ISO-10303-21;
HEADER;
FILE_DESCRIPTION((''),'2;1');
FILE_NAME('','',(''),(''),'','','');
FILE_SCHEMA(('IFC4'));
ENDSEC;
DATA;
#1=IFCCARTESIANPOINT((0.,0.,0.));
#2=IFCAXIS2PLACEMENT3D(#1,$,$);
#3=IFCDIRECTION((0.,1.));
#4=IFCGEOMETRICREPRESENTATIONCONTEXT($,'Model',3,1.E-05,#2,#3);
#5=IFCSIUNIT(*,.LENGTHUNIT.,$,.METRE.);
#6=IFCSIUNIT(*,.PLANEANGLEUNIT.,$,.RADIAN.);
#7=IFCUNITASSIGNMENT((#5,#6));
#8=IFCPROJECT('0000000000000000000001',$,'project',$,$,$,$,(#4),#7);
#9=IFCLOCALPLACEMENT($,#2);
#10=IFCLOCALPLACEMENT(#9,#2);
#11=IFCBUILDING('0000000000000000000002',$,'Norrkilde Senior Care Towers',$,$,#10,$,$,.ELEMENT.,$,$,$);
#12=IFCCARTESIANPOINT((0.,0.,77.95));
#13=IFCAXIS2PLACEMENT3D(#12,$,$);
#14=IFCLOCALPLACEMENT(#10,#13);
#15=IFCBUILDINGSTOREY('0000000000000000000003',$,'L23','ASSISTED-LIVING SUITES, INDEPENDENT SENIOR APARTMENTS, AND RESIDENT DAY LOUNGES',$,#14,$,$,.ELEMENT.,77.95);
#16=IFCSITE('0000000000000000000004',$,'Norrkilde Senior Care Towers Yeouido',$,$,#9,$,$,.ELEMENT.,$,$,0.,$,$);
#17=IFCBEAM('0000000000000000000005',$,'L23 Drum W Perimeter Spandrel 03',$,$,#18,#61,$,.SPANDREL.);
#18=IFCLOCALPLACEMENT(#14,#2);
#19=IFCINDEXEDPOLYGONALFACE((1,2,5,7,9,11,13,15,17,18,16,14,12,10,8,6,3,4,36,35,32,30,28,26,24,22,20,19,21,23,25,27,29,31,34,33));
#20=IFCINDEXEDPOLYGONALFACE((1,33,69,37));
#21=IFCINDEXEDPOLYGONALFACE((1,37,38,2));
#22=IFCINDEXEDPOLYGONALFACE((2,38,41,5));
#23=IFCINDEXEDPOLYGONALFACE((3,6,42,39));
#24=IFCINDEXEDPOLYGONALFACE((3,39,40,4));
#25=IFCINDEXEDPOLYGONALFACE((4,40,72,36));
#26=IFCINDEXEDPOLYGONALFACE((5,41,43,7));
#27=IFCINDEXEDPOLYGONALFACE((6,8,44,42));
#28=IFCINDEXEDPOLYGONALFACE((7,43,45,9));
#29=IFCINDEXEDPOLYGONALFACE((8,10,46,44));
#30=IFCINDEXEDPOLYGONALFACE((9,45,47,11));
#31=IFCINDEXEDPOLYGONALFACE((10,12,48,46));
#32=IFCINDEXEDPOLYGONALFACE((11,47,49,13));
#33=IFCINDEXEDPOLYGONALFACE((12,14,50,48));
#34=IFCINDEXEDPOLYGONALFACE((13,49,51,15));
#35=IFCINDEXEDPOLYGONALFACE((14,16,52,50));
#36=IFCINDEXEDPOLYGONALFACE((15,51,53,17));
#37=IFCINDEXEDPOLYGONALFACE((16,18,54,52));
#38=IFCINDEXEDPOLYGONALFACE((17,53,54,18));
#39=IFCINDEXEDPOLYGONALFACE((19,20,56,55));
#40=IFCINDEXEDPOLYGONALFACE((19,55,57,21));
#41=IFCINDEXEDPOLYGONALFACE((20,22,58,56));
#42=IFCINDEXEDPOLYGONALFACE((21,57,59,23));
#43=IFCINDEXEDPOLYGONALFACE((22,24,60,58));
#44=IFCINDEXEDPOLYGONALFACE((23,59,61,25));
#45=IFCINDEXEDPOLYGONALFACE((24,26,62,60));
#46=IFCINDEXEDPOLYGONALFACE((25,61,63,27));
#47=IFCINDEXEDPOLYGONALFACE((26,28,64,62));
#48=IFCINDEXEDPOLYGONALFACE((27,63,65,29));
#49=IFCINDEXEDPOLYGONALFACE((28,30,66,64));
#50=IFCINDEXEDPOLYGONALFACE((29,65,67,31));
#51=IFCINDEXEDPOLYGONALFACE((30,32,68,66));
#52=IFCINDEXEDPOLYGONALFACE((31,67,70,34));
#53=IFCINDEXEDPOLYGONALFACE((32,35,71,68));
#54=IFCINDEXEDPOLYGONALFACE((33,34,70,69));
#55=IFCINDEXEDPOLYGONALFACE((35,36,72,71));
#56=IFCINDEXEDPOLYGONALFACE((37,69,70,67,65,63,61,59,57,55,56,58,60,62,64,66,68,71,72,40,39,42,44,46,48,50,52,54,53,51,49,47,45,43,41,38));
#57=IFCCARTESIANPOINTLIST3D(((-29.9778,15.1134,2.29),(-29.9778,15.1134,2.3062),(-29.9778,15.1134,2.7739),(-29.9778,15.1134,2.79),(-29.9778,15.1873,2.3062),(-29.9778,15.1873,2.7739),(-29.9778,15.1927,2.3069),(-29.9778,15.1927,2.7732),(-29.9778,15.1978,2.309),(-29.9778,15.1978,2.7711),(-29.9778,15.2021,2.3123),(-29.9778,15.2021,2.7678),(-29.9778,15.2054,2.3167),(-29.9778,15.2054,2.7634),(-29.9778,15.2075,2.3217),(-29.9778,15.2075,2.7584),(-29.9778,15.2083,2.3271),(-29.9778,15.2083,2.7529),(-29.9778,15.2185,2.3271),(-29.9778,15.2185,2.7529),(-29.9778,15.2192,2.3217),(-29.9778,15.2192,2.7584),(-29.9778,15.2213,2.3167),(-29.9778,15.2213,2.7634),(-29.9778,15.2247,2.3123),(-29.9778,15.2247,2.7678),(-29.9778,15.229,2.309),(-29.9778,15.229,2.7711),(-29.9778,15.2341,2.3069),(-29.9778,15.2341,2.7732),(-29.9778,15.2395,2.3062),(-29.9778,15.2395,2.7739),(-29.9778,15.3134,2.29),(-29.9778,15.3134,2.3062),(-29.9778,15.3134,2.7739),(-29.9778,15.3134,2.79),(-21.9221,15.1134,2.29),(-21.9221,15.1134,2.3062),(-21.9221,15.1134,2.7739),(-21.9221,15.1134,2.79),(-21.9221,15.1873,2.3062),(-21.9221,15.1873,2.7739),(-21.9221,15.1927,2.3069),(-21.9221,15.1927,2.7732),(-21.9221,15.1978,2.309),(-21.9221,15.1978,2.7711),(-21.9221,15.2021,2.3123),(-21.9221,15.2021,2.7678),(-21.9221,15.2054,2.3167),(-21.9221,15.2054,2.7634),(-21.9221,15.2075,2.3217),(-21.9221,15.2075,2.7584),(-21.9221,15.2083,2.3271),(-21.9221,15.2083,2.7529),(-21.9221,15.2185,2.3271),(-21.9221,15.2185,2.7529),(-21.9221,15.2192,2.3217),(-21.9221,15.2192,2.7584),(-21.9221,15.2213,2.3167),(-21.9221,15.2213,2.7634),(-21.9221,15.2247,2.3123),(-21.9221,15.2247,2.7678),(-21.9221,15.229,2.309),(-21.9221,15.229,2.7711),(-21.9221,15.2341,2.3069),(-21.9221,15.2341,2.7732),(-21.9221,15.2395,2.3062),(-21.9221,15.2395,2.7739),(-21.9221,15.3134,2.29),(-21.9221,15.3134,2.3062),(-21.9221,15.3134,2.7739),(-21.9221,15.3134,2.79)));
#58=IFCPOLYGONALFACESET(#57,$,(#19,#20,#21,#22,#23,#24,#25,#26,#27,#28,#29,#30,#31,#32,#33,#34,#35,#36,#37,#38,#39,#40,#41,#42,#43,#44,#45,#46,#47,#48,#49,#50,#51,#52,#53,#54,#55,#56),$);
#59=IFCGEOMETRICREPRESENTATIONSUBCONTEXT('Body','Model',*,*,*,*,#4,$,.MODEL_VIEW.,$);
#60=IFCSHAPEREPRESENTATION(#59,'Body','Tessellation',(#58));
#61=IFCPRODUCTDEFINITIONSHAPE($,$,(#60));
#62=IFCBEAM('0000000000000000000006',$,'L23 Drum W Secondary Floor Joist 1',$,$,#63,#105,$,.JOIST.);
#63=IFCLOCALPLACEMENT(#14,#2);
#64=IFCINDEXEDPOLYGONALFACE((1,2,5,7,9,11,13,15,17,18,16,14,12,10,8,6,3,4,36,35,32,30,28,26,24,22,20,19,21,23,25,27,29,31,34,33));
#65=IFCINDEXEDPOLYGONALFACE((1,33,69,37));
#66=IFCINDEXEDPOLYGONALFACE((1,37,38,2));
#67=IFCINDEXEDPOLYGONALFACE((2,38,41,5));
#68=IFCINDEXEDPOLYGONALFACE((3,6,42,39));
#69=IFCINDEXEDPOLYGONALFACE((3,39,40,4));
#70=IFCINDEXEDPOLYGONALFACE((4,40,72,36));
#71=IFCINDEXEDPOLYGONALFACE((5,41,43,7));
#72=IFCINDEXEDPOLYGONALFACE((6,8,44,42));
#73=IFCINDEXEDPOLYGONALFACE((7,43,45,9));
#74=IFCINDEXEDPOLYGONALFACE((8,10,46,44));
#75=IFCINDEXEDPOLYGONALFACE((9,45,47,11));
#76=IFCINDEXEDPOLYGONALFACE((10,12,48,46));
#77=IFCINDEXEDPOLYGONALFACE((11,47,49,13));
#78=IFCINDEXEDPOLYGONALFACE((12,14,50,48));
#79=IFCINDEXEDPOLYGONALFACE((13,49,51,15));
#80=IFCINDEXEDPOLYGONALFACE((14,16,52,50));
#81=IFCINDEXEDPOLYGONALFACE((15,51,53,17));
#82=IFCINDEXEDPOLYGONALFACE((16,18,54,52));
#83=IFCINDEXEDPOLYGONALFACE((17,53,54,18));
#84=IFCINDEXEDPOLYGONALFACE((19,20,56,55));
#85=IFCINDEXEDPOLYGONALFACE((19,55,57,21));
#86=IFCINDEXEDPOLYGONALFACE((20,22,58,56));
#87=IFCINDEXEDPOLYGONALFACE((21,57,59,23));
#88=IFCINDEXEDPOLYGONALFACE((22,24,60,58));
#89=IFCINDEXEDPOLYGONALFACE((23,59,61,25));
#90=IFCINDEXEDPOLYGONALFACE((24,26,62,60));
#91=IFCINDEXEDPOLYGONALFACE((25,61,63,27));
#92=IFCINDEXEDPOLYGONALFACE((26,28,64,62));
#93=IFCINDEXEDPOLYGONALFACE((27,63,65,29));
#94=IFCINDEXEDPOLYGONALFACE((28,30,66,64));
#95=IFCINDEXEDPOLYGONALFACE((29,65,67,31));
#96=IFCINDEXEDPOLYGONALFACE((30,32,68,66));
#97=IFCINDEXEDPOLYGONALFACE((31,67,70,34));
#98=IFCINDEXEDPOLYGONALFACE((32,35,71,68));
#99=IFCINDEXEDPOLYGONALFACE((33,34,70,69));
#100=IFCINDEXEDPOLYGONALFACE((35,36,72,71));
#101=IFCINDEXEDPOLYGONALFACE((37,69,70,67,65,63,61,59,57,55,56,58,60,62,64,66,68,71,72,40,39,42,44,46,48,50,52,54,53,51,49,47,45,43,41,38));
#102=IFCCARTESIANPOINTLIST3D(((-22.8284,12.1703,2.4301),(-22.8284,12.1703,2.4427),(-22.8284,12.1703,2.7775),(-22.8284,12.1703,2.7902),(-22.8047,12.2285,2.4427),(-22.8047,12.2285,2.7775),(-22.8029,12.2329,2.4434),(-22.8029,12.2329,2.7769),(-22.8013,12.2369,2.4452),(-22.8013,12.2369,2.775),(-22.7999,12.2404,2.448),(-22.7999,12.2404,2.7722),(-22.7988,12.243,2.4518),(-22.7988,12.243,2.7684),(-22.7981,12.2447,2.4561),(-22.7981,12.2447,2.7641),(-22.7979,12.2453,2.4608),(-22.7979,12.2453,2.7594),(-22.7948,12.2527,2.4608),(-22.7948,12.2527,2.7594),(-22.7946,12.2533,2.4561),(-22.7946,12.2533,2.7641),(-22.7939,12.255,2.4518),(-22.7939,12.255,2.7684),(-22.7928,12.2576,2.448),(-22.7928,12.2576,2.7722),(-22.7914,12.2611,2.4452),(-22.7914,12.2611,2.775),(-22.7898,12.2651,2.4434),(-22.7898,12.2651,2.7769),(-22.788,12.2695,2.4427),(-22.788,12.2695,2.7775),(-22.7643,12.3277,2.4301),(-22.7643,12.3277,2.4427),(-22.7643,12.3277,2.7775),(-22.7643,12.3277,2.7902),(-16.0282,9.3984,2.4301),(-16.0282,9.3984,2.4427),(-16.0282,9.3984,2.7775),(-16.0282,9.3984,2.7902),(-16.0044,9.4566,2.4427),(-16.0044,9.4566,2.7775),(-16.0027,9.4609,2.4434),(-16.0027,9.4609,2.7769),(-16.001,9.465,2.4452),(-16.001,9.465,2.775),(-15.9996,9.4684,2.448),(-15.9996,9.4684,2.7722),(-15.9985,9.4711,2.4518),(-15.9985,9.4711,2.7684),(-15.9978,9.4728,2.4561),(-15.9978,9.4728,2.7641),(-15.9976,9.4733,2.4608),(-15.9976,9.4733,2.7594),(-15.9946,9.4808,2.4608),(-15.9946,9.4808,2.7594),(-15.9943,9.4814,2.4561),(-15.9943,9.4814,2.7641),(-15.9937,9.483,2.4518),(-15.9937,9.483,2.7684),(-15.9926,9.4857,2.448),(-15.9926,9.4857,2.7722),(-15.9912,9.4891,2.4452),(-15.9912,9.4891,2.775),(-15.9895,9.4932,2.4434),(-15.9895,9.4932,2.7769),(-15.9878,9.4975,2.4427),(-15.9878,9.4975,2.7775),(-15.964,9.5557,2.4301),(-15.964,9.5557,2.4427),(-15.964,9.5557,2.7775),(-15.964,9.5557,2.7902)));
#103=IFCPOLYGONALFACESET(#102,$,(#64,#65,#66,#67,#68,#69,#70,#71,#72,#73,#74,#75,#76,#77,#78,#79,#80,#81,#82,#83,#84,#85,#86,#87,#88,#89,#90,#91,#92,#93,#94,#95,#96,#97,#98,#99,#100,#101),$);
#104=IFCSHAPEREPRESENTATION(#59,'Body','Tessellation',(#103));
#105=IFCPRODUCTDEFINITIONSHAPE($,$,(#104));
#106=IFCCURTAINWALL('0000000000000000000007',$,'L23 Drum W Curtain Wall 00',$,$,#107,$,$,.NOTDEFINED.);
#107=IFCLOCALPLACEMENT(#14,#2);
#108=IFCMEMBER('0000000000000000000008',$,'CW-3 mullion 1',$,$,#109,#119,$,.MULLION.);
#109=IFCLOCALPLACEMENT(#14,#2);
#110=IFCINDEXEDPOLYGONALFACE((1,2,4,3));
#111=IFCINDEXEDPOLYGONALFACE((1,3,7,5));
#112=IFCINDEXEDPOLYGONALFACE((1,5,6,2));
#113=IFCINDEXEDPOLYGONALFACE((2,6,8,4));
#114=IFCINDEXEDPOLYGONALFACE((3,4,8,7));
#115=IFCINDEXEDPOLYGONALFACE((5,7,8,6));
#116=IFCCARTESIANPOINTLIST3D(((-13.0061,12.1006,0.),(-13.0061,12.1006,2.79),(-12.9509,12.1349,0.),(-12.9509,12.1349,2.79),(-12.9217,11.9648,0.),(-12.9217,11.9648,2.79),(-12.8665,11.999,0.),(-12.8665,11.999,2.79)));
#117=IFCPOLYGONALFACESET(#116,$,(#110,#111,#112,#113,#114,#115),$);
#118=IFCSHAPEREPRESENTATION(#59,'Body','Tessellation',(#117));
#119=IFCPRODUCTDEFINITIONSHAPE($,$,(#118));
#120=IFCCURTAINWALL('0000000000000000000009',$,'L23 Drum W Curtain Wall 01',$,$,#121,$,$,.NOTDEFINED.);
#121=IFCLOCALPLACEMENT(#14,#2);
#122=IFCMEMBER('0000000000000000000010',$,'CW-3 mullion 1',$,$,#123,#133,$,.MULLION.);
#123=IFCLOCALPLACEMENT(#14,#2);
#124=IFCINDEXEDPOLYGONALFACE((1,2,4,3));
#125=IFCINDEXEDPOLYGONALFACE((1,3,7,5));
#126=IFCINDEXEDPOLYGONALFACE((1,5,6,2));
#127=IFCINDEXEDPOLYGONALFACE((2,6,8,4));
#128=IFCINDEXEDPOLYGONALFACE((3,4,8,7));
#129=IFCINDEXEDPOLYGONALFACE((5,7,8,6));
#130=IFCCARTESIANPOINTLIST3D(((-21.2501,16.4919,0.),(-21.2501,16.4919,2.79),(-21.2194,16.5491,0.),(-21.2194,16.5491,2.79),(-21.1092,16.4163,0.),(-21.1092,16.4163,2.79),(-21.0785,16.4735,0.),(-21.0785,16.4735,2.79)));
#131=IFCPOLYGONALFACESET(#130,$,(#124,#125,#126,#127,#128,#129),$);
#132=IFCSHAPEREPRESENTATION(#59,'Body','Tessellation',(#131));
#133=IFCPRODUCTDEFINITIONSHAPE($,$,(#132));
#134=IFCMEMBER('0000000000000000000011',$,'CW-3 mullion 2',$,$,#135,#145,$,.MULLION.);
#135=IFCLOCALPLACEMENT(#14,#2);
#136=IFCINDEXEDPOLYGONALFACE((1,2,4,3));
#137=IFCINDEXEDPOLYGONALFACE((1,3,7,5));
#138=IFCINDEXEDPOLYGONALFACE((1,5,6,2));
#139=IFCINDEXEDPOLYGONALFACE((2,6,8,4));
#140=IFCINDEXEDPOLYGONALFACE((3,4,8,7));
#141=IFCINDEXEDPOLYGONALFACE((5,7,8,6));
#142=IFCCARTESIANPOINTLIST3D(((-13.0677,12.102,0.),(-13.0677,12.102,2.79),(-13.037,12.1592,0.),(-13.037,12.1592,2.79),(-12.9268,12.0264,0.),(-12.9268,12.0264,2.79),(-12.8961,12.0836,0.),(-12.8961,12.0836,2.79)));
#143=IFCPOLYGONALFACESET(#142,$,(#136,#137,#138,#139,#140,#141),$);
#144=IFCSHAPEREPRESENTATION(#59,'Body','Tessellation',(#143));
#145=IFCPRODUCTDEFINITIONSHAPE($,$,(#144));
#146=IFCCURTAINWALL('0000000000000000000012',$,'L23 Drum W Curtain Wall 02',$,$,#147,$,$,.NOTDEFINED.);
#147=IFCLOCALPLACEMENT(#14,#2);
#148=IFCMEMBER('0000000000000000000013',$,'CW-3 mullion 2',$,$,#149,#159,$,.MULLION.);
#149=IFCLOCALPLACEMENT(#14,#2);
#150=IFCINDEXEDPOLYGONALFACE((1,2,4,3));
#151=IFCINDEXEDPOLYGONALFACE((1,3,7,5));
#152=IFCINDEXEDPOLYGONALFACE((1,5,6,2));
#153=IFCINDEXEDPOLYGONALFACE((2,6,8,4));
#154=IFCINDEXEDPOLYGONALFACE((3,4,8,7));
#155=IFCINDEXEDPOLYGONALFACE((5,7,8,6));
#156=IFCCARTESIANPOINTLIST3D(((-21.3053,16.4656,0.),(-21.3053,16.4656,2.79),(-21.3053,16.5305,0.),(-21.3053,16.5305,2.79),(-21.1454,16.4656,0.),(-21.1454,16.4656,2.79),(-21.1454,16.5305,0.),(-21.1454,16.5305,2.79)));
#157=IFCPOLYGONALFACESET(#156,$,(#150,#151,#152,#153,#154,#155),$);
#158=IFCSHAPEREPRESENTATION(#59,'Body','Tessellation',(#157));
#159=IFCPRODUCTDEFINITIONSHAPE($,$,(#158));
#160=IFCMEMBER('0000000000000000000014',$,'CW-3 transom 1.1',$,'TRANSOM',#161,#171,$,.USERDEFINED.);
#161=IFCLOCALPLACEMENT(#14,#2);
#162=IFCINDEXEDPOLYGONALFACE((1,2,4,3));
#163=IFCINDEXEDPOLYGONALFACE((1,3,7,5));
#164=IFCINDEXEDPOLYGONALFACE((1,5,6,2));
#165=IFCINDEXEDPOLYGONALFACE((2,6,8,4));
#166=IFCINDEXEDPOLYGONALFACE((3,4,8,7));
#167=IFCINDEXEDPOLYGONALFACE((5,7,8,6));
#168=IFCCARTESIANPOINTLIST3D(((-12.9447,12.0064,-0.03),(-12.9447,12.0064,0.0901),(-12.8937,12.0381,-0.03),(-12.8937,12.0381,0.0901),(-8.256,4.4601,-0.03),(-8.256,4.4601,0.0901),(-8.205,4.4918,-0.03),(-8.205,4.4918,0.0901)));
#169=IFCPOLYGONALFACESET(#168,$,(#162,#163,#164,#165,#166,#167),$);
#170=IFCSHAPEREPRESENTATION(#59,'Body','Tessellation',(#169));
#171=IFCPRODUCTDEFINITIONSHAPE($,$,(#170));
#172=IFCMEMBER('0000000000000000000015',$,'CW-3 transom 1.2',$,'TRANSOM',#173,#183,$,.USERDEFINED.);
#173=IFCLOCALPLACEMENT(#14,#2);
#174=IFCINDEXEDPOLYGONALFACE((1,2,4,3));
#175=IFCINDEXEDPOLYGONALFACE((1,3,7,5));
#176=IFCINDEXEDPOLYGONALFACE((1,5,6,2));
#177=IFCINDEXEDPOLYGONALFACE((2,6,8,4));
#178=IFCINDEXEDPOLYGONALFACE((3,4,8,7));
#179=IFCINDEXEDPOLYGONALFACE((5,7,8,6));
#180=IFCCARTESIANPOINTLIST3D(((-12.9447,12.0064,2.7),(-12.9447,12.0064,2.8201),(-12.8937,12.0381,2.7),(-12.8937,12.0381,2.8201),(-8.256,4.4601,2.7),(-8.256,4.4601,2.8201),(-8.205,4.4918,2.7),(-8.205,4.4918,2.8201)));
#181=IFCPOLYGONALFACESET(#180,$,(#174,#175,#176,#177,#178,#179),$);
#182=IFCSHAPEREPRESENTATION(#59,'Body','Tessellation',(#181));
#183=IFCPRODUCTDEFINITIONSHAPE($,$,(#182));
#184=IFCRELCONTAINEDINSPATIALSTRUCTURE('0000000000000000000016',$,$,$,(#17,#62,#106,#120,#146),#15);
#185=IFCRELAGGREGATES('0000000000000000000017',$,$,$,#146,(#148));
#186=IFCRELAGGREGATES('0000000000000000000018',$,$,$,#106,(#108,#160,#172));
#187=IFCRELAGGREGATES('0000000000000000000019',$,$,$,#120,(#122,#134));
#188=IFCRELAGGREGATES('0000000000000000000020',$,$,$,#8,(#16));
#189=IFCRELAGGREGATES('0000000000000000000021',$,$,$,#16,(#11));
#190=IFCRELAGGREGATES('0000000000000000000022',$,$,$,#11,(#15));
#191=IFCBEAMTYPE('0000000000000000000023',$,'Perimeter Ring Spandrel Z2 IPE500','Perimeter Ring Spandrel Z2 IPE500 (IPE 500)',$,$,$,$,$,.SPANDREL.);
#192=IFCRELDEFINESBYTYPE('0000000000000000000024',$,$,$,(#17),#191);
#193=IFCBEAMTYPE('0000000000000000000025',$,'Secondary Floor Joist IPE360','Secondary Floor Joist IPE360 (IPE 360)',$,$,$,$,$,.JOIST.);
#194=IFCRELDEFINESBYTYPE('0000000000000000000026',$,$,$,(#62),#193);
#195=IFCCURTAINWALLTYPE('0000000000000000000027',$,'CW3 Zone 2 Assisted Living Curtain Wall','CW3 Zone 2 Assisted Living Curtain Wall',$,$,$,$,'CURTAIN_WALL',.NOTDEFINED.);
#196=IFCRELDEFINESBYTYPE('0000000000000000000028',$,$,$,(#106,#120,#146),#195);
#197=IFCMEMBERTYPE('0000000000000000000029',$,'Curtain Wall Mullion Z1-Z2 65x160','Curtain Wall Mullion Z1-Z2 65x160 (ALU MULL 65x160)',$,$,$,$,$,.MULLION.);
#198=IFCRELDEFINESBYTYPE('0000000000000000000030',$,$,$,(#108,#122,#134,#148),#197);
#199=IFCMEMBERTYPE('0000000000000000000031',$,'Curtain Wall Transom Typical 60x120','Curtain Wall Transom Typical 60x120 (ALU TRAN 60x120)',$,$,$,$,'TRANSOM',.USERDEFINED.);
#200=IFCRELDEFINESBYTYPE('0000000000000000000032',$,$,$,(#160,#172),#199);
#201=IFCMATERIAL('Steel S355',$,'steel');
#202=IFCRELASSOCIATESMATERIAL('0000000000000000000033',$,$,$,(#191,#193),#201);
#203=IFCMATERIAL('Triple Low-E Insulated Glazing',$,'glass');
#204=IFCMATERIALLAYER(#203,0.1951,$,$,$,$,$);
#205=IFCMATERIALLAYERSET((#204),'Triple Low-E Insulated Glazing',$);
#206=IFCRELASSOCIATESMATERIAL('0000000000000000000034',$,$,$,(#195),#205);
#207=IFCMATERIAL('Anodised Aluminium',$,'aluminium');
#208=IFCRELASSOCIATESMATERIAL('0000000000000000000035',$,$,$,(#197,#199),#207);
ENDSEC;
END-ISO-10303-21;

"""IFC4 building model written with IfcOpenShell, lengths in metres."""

from ifc_helpers import new_model, si_unit, direction, frame, origin, origin_2d, place, context, subcontext, project, spatial, rectangle, i_section, extrude, source, transform, mapped, material, layer, layer_set, material_profile, profile_set, type_object, type_shapes, element, aggregate, save


model = new_model("IFC4")

# Units and contexts
model_context = context("Model", 3, precision=1e-05, world=origin(), true_north=direction((0.0, 1.0)))
body_context = subcontext(model_context, "Body", "Model", "MODEL_VIEW")
ifc_project = project(units=[si_unit("LENGTHUNIT", "METRE"), si_unit("PLANEANGLEUNIT", "RADIAN")], contexts=[model_context])

# Site, building, storey
site_placement = place(None, origin())
site = spatial("IfcSite", under=ifc_project, at=site_placement, Name="Norrkilde Senior Care Towers Yeouido", CompositionType="ELEMENT", RefElevation=0.0)
building_placement = place(site_placement, origin())
building = spatial("IfcBuilding", under=site, at=building_placement, Name="Norrkilde Senior Care Towers", CompositionType="ELEMENT")
storey_placement = place(building_placement, frame((0.0, 0.0, 77.95)))
storey = spatial("IfcBuildingStorey", under=building, at=storey_placement, Name="L23", Description="ASSISTED-LIVING SUITES, INDEPENDENT SENIOR APARTMENTS, AND RESIDENT DAY LOUNGES", CompositionType="ELEMENT", Elevation=77.95)

# Beams
ifc_material_1 = material(Name="Steel S355", Category="steel")
ifc_material_profile_1 = material_profile(ifc_material_1, i_section(OverallWidth=0.2, OverallDepth=0.5, WebThickness=0.0103, FlangeThickness=0.0161, FilletRadius=0.021, at=origin_2d()), Name="IPE 500")
ifc_profile_set_1 = profile_set([ifc_material_profile_1], Name="Steel S355")
beam_type_1 = type_object("IfcBeamType", Name="Perimeter Ring Spandrel Z2 IPE500", Description="Perimeter Ring Spandrel Z2 IPE500 (IPE 500)", PredefinedType="SPANDREL", material=ifc_profile_set_1)
shared_shape_1 = source(origin(), body_context, "Body", "SweptSolid", [
    extrude(i_section(OverallWidth=0.2, OverallDepth=0.5, WebThickness=0.0103, FlangeThickness=0.0161, FilletRadius=0.021, at=origin_2d()), origin(), (0.0, 0.0, 1.0), 8.0557),
])
beam_1_placement = place(storey_placement, frame((-21.9221, 15.2134, 2.54), z_axis=(-1.0, 0.0, 0.0), x_axis=(0.0, -1.0, 0.0)))
element("IfcBeam", 1, at=beam_1_placement, inside=storey, type_object=beam_type_1, Name="L23 Drum W Perimeter Spandrel 03", PredefinedType="SPANDREL", context=body_context, shape_type="MappedRepresentation", body=[
    mapped(shared_shape_1, transform((0.0, 0.0, 0.0), x_axis=(1.0, 0.0, 0.0), y_axis=(0.0, 1.0, 0.0), z_axis=(0.0, 0.0, 1.0), scale=1.0)),
])
ifc_material_profile_2 = material_profile(ifc_material_1, i_section(OverallWidth=0.1699, OverallDepth=0.3601, WebThickness=0.0081, FlangeThickness=0.0127, FilletRadius=0.0181, at=origin_2d()), Name="IPE 360")
ifc_profile_set_2 = profile_set([ifc_material_profile_2], Name="Steel S355")
beam_type_2 = type_object("IfcBeamType", Name="Secondary Floor Joist IPE360", Description="Secondary Floor Joist IPE360 (IPE 360)", PredefinedType="JOIST", material=ifc_profile_set_2)
shared_shape_2 = source(origin(), body_context, "Body", "SweptSolid", [
    extrude(i_section(OverallWidth=0.1699, OverallDepth=0.3601, WebThickness=0.0081, FlangeThickness=0.0127, FilletRadius=0.0181, at=origin_2d()), origin(), (0.0, 0.0, 1.0), 7.3435),
])
type_shapes(beam_type_2, [shared_shape_2])
beam_2_placement = place(storey_placement, frame((-15.9961, 9.4771, 2.6101), z_axis=(-0.926022, 0.37747, 0.0), x_axis=(-0.37747, -0.926022, 0.0)))
element("IfcBeam", 2, at=beam_2_placement, inside=storey, type_object=beam_type_2, Name="L23 Drum W Secondary Floor Joist 1", PredefinedType="JOIST", context=body_context, shape_type="MappedRepresentation", body=[
    mapped(shared_shape_2, transform((0.0, 0.0, 0.0), x_axis=(1.0, 0.0, 0.0), y_axis=(0.0, 1.0, 0.0), z_axis=(0.0, 0.0, 1.0), scale=1.0)),
])

# Curtain wall, member
ifc_material_2 = material(Name="Triple Low-E Insulated Glazing", Category="glass")
ifc_layer_1 = layer(ifc_material_2, 0.1951)
ifc_layer_set_1 = layer_set([ifc_layer_1], Name="Triple Low-E Insulated Glazing")
curtain_wall_type = type_object("IfcCurtainWallType", Name="CW3 Zone 2 Assisted Living Curtain Wall", Description="CW3 Zone 2 Assisted Living Curtain Wall", ElementType="CURTAIN_WALL", PredefinedType="NOTDEFINED", material=ifc_layer_set_1)
curtain_wall_1_placement = place(storey_placement, origin())
curtain_wall_1 = element("IfcCurtainWall", 3, at=curtain_wall_1_placement, inside=storey, type_object=curtain_wall_type, Name="L23 Drum W Curtain Wall 00", PredefinedType="NOTDEFINED")
ifc_material_3 = material(Name="Anodised Aluminium", Category="aluminium")
ifc_material_profile_3 = material_profile(ifc_material_3, rectangle(XDim=0.0649, YDim=0.1599, at=origin_2d()), Name="ALU MULL 65x160")
ifc_profile_set_3 = profile_set([ifc_material_profile_3], Name="Anodised Aluminium")
member_type_1 = type_object("IfcMemberType", Name="Curtain Wall Mullion Z1-Z2 65x160", Description="Curtain Wall Mullion Z1-Z2 65x160 (ALU MULL 65x160)", PredefinedType="MULLION", material=ifc_profile_set_3)
shared_shape_3 = source(origin(), body_context, "Body", "SweptSolid", [
    extrude(rectangle(XDim=0.0649, YDim=0.1599, at=origin_2d()), origin(), (0.0, 0.0, 1.0), 2.79),
])
type_shapes(member_type_1, [shared_shape_3])
member_1_placement = place(storey_placement, frame((-12.9363, 12.0498, 0.0), z_axis=(0.0, 0.0, 1.0), x_axis=(0.84941, 0.527733, 0.0)))
member_1 = element("IfcMember", 4, at=member_1_placement, type_object=member_type_1, Name="CW-3 mullion 1", PredefinedType="MULLION", context=body_context, shape_type="MappedRepresentation", body=[
    mapped(shared_shape_3, transform((0.0, 0.0, 0.0), x_axis=(1.0, 0.0, 0.0), y_axis=(0.0, 1.0, 0.0), z_axis=(0.0, 0.0, 1.0), scale=1.0)),
])

# Curtain wall, members
curtain_wall_2_placement = place(storey_placement, origin())
curtain_wall_2 = element("IfcCurtainWall", 5, at=curtain_wall_2_placement, inside=storey, type_object=curtain_wall_type, Name="L23 Drum W Curtain Wall 01", PredefinedType="NOTDEFINED")
member_2_placement = place(storey_placement, frame((-21.1643, 16.4827, 0.0), z_axis=(0.0, 0.0, 1.0), x_axis=(0.472769, 0.881186, 0.0)))
member_2 = element("IfcMember", 6, at=member_2_placement, type_object=member_type_1, Name="CW-3 mullion 1", PredefinedType="MULLION", context=body_context, shape_type="MappedRepresentation", body=[
    mapped(shared_shape_3, transform((0.0, 0.0, 0.0), x_axis=(1.0, 0.0, 0.0), y_axis=(0.0, 1.0, 0.0), z_axis=(0.0, 0.0, 1.0), scale=1.0)),
])
member_3_placement = place(storey_placement, frame((-12.9819, 12.0928, 0.0), z_axis=(0.0, 0.0, 1.0), x_axis=(0.472769, 0.881186, 0.0)))
member_3 = element("IfcMember", 7, at=member_3_placement, type_object=member_type_1, Name="CW-3 mullion 2", PredefinedType="MULLION", context=body_context, shape_type="MappedRepresentation", body=[
    mapped(shared_shape_3, transform((0.0, 0.0, 0.0), x_axis=(1.0, 0.0, 0.0), y_axis=(0.0, 1.0, 0.0), z_axis=(0.0, 0.0, 1.0), scale=1.0)),
])

# Curtain wall, member
curtain_wall_3_placement = place(storey_placement, origin())
curtain_wall_3 = element("IfcCurtainWall", 8, at=curtain_wall_3_placement, inside=storey, type_object=curtain_wall_type, Name="L23 Drum W Curtain Wall 02", PredefinedType="NOTDEFINED")
member_4_placement = place(storey_placement, frame((-21.2253, 16.498, 0.0), z_axis=(0.0, 0.0, 1.0), x_axis=(0.0, 1.0, 0.0)))
member_4 = element("IfcMember", 9, at=member_4_placement, type_object=member_type_1, Name="CW-3 mullion 2", PredefinedType="MULLION", context=body_context, shape_type="MappedRepresentation", body=[
    mapped(shared_shape_3, transform((0.0, 0.0, 0.0), x_axis=(1.0, 0.0, 0.0), y_axis=(0.0, 1.0, 0.0), z_axis=(0.0, 0.0, 1.0), scale=1.0)),
])
aggregate(curtain_wall_3, [member_4])

# Members
ifc_material_profile_4 = material_profile(ifc_material_3, rectangle(XDim=0.0601, YDim=0.1201, at=origin_2d()), Name="ALU TRAN 60x120")
ifc_profile_set_4 = profile_set([ifc_material_profile_4], Name="Anodised Aluminium")
member_type_2 = type_object("IfcMemberType", Name="Curtain Wall Transom Typical 60x120", Description="Curtain Wall Transom Typical 60x120 (ALU TRAN 60x120)", ElementType="TRANSOM", PredefinedType="USERDEFINED", material=ifc_profile_set_4)
shared_shape_4 = source(origin(), body_context, "Body", "SweptSolid", [
    extrude(rectangle(XDim=0.0601, YDim=0.1201, at=origin_2d()), origin(), (0.0, 0.0, 1.0), 8.8843),
])
member_5_placement = place(storey_placement, frame((-12.9192, 12.0222, 0.03), z_axis=(0.527749, -0.8494, 0.0), x_axis=(0.8494, 0.527749, 0.0)))
member_5 = element("IfcMember", 10, at=member_5_placement, type_object=member_type_2, Name="CW-3 transom 1.1", ObjectType="TRANSOM", PredefinedType="USERDEFINED", context=body_context, shape_type="MappedRepresentation", body=[
    mapped(shared_shape_4, transform((0.0, 0.0, 0.0), x_axis=(1.0, 0.0, 0.0), y_axis=(0.0, 1.0, 0.0), z_axis=(0.0, 0.0, 1.0), scale=1.0)),
])
member_6_placement = place(storey_placement, frame((-12.9192, 12.0222, 2.76), z_axis=(0.527749, -0.8494, 0.0), x_axis=(0.8494, 0.527749, 0.0)))
member_6 = element("IfcMember", 11, at=member_6_placement, type_object=member_type_2, Name="CW-3 transom 1.2", ObjectType="TRANSOM", PredefinedType="USERDEFINED", context=body_context, shape_type="MappedRepresentation", body=[
    mapped(shared_shape_4, transform((0.0, 0.0, 0.0), x_axis=(1.0, 0.0, 0.0), y_axis=(0.0, 1.0, 0.0), z_axis=(0.0, 0.0, 1.0), scale=1.0)),
])

aggregate(curtain_wall_1, [member_1, member_5, member_6])
aggregate(curtain_wall_2, [member_2, member_3])

save(model, "model.ifc")
